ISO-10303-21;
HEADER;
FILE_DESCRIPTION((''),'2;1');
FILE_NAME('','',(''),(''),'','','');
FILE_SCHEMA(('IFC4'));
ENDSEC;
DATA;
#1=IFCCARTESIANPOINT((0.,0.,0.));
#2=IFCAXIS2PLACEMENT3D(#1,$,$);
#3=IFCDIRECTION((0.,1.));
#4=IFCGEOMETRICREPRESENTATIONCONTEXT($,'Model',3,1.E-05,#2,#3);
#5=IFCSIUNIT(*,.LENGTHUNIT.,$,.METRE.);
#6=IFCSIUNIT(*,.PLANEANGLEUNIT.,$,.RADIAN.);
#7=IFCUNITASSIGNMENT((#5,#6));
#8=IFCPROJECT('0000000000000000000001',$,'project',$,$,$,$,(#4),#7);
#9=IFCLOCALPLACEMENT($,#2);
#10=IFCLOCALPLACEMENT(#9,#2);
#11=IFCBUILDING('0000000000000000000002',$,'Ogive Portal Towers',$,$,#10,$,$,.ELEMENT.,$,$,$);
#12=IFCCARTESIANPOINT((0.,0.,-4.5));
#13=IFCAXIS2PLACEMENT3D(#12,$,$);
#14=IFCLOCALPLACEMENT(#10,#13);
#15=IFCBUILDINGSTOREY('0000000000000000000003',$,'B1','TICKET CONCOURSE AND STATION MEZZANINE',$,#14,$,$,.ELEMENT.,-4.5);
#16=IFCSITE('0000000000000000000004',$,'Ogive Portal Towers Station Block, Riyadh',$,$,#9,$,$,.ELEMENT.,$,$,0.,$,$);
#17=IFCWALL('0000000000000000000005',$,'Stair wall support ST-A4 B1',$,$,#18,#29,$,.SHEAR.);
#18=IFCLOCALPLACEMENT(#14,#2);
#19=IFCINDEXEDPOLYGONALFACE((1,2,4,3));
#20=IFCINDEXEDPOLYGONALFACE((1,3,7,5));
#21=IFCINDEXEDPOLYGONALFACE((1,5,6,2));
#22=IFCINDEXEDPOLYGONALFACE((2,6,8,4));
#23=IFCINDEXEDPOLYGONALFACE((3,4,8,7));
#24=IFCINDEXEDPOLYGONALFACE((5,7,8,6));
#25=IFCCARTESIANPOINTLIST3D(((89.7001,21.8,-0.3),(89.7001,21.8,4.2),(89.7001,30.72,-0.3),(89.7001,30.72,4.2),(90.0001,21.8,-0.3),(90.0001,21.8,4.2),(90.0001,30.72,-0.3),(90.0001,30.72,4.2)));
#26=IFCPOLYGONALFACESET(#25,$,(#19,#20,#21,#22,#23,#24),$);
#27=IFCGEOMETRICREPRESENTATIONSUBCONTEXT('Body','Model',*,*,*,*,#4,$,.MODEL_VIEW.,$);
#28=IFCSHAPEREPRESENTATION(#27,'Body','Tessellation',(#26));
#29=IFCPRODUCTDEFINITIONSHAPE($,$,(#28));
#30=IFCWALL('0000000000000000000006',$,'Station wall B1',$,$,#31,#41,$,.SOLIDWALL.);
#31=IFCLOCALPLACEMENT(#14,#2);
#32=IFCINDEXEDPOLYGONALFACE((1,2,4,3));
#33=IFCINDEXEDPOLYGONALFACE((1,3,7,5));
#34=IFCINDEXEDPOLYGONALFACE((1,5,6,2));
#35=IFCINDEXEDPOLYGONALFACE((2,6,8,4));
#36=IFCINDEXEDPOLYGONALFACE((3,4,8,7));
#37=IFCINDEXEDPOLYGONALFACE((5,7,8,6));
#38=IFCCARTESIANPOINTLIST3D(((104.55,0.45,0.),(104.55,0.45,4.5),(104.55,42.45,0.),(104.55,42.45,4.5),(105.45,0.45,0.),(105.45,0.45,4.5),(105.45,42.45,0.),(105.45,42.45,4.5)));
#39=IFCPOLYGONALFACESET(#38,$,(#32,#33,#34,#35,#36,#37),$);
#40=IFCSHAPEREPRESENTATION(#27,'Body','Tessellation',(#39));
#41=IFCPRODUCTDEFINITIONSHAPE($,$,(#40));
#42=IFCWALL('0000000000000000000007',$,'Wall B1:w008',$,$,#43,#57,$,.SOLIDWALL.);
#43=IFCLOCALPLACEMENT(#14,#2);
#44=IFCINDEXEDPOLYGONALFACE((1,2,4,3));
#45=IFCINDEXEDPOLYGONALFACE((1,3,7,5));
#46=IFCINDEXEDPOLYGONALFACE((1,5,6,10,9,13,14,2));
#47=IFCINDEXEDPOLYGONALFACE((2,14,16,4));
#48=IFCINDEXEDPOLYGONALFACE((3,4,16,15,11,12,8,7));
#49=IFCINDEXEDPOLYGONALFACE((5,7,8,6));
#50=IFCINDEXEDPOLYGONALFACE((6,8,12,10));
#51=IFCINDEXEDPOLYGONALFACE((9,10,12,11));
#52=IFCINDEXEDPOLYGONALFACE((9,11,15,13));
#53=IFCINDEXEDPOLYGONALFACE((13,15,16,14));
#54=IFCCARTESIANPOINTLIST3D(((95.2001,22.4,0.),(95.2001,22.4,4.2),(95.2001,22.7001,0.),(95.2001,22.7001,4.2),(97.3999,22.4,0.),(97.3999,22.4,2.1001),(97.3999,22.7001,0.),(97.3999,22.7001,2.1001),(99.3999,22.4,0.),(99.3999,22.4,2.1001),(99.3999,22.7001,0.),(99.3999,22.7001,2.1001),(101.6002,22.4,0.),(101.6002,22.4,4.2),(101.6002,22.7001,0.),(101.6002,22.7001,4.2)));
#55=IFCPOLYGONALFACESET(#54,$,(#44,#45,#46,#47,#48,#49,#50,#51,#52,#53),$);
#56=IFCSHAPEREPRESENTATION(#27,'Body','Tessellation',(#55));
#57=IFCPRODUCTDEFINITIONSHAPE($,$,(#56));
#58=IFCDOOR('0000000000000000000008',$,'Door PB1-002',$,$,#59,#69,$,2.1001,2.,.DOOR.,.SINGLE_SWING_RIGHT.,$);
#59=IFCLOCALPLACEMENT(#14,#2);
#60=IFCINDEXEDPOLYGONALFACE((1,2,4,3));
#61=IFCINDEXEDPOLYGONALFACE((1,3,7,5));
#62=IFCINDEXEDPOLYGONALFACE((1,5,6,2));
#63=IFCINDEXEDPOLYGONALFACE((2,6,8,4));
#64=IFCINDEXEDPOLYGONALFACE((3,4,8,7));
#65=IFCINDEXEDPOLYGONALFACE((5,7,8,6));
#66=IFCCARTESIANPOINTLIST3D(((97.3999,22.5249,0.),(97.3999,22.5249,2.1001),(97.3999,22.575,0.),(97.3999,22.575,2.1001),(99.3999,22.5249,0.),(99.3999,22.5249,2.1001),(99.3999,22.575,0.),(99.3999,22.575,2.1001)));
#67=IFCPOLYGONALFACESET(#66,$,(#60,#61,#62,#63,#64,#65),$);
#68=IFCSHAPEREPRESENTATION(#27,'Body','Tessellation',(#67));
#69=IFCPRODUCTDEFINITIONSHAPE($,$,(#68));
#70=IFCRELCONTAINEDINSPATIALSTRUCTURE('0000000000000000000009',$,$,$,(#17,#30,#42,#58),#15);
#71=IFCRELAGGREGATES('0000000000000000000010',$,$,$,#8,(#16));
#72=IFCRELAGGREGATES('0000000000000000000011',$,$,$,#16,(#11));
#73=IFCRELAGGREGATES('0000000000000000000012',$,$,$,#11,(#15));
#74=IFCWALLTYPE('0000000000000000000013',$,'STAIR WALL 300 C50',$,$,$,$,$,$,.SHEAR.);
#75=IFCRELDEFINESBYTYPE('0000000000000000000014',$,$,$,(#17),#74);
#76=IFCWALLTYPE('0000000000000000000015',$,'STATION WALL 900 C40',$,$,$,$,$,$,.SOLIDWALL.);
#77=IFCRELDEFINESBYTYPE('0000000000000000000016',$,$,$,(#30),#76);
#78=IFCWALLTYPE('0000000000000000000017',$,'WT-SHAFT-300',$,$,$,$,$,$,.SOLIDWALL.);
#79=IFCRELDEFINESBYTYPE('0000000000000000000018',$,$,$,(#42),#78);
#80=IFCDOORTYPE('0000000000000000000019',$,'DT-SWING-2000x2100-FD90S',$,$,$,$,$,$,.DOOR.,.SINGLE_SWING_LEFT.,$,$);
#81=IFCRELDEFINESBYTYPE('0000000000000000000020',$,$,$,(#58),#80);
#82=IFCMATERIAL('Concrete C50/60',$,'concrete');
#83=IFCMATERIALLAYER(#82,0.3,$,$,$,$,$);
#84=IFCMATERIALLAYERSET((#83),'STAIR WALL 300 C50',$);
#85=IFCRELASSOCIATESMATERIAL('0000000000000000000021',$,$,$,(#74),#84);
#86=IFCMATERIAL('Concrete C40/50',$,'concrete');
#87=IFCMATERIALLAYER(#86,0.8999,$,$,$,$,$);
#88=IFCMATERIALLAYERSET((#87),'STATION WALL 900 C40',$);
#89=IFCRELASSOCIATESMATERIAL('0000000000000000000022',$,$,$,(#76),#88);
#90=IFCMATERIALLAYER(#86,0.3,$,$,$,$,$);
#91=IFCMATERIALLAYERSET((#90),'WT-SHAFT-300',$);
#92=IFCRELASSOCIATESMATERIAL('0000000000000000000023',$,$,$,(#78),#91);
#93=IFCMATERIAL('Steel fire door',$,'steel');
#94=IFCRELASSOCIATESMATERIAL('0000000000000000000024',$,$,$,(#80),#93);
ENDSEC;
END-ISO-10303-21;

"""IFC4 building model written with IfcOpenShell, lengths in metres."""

from ifc_helpers import new_model, si_unit, direction, frame, frame_2d, origin, place, context, subcontext, project, spatial, rectangle, extrude, material, layer, layer_set, type_object, element, fill, save


model = new_model("IFC4")

# Units and contexts
model_context = context("Model", 3, precision=1e-05, world=origin(), true_north=direction((0.0, 1.0)))
body_context = subcontext(model_context, "Body", "Model", "MODEL_VIEW")
ifc_project = project(units=[si_unit("LENGTHUNIT", "METRE"), si_unit("PLANEANGLEUNIT", "RADIAN")], contexts=[model_context])

# Site, building, storey
site_placement = place(None, origin())
site = spatial("IfcSite", under=ifc_project, at=site_placement, Name="Ogive Portal Towers Station Block, Riyadh", CompositionType="ELEMENT", RefElevation=0.0)
building_placement = place(site_placement, origin())
building = spatial("IfcBuilding", under=site, at=building_placement, Name="Ogive Portal Towers", CompositionType="ELEMENT")
storey_placement = place(building_placement, frame((0.0, 0.0, -4.5)))
storey = spatial("IfcBuildingStorey", under=building, at=storey_placement, Name="B1", Description="TICKET CONCOURSE AND STATION MEZZANINE", CompositionType="ELEMENT", Elevation=-4.5)

# Shared definitions
ifc_material_1 = material(Name="Concrete C50/60", Category="concrete")

# Shared definitions
ifc_material_2 = material(Name="Concrete C40/50", Category="concrete")

# Walls
ifc_layer_1 = layer(ifc_material_1, 0.3)
ifc_layer_set_1 = layer_set([ifc_layer_1], Name="STAIR WALL 300 C50")
wall_type_1 = type_object("IfcWallType", Name="STAIR WALL 300 C50", PredefinedType="SHEAR", material=ifc_layer_set_1)
wall_1_placement = place(storey_placement, frame((89.8501, 21.8, -0.3), z_axis=(0.0, 0.0, 1.0), x_axis=(0.0, 1.0, 0.0)))
element("IfcWall", 1, at=wall_1_placement, inside=storey, type_object=wall_type_1, Name="Stair wall support ST-A4 B1", PredefinedType="SHEAR", context=body_context, shape_type="SweptSolid", body=[
    extrude(rectangle(XDim=8.9199, YDim=0.3, at=frame_2d((4.46, 0.0))), origin(), (0.0, 0.0, 1.0), 4.5),
])
ifc_layer_2 = layer(ifc_material_2, 0.8999)
ifc_layer_set_2 = layer_set([ifc_layer_2], Name="STATION WALL 900 C40")
wall_type_2 = type_object("IfcWallType", Name="STATION WALL 900 C40", PredefinedType="SOLIDWALL", material=ifc_layer_set_2)
wall_2_placement = place(storey_placement, frame((105.0, 0.45, 0.0), z_axis=(0.0, 0.0, 1.0), x_axis=(0.0, 1.0, 0.0)))
element("IfcWall", 2, at=wall_2_placement, inside=storey, type_object=wall_type_2, Name="Station wall B1", PredefinedType="SOLIDWALL", context=body_context, shape_type="SweptSolid", body=[
    extrude(rectangle(XDim=42.0, YDim=0.8999, at=frame_2d((21.0, 0.0))), origin(), (0.0, 0.0, 1.0), 4.5),
])

# Wall, opening, door
ifc_layer_3 = layer(ifc_material_2, 0.3)
ifc_layer_set_3 = layer_set([ifc_layer_3], Name="WT-SHAFT-300")
wall_type_3 = type_object("IfcWallType", Name="WT-SHAFT-300", PredefinedType="SOLIDWALL", material=ifc_layer_set_3)
wall_3_placement = place(storey_placement, frame((95.2, 22.55, 0.0), z_axis=(0.0, 0.0, 1.0), x_axis=(1.0, 0.0, 0.0)))
wall_3 = element("IfcWall", 3, at=wall_3_placement, inside=storey, type_object=wall_type_3, Name="Wall B1:w008", PredefinedType="SOLIDWALL", context=body_context, shape_type="SweptSolid", body=[
    extrude(rectangle(XDim=6.4001, YDim=0.3, at=frame_2d((3.2002, 0.0))), origin(), (0.0, 0.0, 1.0), 4.2),
])
opening_placement = place(wall_3_placement, frame((2.2, 0.0, 0.0)))
opening = element("IfcOpeningElement", 4, at=opening_placement, cuts=wall_3, PredefinedType="OPENING", context=body_context, shape_type="SweptSolid", body=[
    extrude(rectangle(XDim=2.0, YDim=2.1001, at=frame_2d((1.0, 1.05))), frame((0.0, 0.1602, 0.0), z_axis=(0.0, -1.0, 0.0), x_axis=(1.0, 0.0, 0.0)), (0.0, 0.0, 1.0), 0.3201),
])
ifc_material_3 = material(Name="Steel fire door", Category="steel")
door_type = type_object("IfcDoorType", Name="DT-SWING-2000x2100-FD90S", OperationType="SINGLE_SWING_LEFT", PredefinedType="DOOR", material=ifc_material_3)
door_placement = place(opening_placement, origin())
door = element("IfcDoor", 5, at=door_placement, inside=storey, type_object=door_type, Name="Door PB1-002", OperationType="SINGLE_SWING_RIGHT", OverallHeight=2.1001, OverallWidth=2.0, PredefinedType="DOOR", context=body_context, shape_type="SweptSolid", body=[
    extrude(rectangle(XDim=2.0, YDim=2.1001, at=frame_2d((1.0, 1.05))), frame((0.0, 0.0249, 0.0), z_axis=(0.0, -1.0, 0.0), x_axis=(1.0, 0.0, 0.0)), (0.0, 0.0, 1.0), 0.05),
])
fill(opening, door)

save(model, "model.ifc")
